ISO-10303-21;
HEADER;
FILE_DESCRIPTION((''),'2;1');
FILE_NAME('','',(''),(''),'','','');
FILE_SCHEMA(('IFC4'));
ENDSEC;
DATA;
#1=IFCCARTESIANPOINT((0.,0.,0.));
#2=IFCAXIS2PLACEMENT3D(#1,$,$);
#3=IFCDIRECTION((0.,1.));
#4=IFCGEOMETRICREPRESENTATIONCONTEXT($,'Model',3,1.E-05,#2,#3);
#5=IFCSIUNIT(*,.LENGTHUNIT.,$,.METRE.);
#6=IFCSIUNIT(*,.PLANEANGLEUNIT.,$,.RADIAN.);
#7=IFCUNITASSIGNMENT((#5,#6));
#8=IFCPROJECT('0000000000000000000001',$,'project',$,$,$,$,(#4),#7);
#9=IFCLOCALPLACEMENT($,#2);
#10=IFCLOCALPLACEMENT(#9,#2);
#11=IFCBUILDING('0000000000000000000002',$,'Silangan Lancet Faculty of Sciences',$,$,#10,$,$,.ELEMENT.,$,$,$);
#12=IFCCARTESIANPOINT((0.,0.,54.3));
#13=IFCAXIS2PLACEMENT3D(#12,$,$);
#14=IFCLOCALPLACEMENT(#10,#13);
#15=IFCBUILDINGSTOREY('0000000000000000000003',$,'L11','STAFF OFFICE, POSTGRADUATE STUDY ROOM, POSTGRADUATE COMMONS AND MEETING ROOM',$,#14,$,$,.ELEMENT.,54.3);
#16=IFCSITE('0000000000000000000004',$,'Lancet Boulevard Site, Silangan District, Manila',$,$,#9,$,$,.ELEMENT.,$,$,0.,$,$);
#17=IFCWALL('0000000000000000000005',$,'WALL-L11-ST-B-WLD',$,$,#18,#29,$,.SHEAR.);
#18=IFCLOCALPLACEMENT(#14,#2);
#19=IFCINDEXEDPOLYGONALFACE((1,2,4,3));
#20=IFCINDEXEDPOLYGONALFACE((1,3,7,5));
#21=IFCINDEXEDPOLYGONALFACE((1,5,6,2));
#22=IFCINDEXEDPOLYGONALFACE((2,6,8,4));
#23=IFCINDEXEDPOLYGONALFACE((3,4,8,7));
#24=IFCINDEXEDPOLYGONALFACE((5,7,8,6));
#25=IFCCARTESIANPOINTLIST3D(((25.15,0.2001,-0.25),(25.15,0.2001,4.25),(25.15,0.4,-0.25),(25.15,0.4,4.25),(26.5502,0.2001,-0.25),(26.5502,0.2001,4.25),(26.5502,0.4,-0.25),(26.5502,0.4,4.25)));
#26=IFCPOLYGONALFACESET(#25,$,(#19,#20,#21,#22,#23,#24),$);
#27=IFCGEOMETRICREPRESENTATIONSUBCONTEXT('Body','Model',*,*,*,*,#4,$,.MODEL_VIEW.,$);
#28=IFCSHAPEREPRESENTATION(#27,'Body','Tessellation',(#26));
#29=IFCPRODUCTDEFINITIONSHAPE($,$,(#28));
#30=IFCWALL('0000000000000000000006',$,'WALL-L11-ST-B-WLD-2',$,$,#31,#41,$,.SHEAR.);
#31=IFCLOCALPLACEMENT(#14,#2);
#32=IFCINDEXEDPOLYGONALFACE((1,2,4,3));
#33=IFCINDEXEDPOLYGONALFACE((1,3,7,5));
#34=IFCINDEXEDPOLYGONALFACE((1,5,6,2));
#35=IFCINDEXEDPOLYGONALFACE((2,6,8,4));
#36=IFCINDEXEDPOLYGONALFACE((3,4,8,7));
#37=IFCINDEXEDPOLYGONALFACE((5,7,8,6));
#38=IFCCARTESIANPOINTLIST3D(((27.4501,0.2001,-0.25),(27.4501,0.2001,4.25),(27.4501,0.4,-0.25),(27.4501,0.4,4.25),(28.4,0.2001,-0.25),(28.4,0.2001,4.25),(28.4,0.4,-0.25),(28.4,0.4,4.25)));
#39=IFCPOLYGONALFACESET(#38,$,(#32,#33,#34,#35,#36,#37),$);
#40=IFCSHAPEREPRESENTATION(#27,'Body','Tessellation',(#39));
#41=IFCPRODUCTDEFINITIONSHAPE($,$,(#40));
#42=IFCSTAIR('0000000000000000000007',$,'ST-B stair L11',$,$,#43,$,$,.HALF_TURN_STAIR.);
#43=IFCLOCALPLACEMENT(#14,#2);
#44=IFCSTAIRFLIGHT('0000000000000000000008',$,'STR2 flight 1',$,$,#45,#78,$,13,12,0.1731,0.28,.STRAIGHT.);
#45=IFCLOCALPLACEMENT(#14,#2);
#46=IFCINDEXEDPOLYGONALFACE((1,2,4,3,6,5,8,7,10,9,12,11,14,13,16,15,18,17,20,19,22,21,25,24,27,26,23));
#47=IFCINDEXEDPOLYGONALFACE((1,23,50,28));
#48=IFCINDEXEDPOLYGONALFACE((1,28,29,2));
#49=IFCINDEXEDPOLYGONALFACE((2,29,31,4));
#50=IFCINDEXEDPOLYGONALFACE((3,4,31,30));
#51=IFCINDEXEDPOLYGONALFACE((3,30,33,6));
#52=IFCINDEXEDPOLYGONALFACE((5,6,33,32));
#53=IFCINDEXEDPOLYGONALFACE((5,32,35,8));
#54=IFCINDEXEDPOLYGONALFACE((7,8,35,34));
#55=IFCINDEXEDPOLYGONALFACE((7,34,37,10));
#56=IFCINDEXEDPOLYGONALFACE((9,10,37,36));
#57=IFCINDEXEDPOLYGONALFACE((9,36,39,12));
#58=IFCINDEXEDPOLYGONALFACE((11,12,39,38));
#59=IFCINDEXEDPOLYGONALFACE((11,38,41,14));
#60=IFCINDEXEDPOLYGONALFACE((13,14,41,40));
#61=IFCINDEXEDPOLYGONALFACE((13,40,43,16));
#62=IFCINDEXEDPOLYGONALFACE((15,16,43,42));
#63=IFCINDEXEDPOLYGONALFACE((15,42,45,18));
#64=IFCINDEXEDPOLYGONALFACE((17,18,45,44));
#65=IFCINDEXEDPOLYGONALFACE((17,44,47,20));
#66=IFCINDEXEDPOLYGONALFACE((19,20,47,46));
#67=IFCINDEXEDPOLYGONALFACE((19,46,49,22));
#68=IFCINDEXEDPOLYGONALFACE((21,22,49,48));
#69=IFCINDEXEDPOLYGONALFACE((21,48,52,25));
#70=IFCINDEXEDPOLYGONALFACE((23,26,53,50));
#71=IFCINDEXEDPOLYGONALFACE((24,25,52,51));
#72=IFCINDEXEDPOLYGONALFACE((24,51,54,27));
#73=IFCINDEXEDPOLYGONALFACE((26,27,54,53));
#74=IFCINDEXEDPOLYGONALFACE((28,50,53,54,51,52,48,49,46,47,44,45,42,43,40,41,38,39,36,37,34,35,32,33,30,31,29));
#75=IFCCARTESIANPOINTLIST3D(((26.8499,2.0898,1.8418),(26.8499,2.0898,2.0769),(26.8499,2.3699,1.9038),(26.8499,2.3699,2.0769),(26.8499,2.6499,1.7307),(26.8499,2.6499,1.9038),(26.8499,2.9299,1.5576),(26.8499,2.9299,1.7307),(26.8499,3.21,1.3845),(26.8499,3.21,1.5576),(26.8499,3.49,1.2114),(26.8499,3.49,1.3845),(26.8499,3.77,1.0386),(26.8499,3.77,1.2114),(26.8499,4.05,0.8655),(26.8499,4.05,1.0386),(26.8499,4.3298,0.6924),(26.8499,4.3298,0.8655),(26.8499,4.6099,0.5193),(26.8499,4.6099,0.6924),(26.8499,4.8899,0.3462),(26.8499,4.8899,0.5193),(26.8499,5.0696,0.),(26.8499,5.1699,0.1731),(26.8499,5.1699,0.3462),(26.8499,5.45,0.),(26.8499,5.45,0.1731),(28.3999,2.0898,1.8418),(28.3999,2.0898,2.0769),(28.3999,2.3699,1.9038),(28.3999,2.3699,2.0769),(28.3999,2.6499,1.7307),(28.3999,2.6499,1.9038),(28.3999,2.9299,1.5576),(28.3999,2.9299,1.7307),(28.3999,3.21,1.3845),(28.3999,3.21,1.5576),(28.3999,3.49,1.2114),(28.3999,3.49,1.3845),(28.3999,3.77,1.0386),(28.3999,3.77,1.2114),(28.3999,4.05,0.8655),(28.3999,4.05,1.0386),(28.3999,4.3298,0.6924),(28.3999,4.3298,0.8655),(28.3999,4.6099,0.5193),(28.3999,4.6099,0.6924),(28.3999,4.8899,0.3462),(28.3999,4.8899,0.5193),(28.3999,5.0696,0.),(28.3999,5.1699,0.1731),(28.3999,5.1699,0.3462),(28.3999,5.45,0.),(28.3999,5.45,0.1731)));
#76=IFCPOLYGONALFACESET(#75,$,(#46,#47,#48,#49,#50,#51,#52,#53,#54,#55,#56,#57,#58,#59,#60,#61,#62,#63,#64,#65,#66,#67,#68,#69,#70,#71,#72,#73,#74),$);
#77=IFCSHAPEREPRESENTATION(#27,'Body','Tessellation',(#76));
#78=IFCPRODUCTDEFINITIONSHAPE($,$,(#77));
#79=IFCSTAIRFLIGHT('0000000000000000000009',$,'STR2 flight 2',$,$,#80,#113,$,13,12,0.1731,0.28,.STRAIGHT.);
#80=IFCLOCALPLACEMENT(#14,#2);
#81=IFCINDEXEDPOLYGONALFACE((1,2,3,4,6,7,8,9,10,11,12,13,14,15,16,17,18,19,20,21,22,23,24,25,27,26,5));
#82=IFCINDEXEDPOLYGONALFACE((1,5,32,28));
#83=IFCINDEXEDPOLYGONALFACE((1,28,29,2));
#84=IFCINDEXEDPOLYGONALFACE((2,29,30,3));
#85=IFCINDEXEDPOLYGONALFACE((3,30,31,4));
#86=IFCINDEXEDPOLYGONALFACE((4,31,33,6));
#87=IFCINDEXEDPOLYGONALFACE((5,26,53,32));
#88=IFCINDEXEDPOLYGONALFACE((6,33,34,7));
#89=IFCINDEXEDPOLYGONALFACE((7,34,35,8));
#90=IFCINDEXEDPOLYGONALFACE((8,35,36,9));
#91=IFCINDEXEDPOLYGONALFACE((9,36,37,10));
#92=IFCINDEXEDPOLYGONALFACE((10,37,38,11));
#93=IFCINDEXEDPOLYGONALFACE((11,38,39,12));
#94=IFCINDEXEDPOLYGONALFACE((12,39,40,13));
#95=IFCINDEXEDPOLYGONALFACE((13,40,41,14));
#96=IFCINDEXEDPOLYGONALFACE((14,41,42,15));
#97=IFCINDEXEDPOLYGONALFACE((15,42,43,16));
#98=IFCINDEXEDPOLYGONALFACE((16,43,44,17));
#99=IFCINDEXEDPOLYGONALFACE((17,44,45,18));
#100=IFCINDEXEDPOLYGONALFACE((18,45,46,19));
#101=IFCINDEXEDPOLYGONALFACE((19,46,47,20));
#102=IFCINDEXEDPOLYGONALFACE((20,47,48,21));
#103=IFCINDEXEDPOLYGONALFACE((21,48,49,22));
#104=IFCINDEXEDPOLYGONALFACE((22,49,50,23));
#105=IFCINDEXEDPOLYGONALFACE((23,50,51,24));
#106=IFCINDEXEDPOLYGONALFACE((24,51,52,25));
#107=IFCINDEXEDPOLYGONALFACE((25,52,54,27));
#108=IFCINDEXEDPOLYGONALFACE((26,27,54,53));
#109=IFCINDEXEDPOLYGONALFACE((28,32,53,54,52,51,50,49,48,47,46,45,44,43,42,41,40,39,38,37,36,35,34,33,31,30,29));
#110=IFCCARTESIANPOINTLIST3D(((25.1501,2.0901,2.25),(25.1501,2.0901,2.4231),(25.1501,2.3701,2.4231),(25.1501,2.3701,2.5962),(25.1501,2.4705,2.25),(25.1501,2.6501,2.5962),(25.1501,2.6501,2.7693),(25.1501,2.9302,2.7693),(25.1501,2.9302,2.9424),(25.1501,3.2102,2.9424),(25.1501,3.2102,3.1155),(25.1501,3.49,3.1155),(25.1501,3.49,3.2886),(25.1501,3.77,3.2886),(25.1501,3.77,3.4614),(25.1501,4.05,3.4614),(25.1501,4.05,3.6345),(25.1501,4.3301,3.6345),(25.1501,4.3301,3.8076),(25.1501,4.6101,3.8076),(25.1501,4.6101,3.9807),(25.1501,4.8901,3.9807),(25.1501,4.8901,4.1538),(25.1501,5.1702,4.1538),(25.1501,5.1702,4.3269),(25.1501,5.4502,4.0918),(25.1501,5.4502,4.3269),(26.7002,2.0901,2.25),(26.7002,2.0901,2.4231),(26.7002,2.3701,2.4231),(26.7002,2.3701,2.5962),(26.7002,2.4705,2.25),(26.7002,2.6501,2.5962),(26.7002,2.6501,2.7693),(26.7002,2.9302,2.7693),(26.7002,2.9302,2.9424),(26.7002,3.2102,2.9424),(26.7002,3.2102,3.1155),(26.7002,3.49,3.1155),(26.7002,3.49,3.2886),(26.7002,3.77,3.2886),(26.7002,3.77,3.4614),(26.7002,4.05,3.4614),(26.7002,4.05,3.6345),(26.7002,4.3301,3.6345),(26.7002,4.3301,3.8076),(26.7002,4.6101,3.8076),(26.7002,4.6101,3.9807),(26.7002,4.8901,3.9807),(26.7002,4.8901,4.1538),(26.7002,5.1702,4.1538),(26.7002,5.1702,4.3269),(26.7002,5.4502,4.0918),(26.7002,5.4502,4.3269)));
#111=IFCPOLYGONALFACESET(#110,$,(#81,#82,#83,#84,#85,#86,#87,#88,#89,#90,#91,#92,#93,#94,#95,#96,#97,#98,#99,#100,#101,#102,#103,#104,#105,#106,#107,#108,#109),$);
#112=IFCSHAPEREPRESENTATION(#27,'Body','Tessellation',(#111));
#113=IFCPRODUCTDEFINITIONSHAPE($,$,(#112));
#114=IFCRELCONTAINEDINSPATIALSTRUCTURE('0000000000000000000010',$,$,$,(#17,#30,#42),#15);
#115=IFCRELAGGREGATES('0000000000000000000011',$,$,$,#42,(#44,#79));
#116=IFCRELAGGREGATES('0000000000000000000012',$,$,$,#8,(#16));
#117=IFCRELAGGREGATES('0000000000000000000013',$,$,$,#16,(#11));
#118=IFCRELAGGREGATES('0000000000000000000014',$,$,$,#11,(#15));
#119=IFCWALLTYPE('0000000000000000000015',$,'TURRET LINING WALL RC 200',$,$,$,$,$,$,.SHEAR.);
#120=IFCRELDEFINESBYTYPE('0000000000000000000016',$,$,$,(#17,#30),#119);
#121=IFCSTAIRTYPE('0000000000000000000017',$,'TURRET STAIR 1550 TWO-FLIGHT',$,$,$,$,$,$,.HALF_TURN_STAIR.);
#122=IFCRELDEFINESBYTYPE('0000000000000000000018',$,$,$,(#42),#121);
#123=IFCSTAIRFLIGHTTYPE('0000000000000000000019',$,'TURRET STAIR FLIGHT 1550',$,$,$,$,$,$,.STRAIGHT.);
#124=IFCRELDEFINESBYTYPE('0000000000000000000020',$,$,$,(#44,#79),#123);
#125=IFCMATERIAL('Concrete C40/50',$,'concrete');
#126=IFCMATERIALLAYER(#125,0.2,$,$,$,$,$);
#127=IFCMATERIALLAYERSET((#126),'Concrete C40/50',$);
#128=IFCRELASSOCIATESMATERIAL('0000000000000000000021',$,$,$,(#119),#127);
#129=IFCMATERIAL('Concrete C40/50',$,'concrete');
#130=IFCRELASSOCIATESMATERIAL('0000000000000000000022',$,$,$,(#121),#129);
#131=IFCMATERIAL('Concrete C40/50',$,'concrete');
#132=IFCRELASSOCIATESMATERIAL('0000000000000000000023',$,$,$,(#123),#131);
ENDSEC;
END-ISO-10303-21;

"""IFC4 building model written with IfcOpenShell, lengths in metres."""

from ifc_helpers import new_model, si_unit, direction, frame, frame_2d, origin, place, context, subcontext, project, spatial, polyline, rectangle, outline, extrude, material, layer, layer_set, type_object, element, aggregate, save


model = new_model("IFC4")

# Units and contexts
model_context = context("Model", 3, precision=1e-05, world=origin(), true_north=direction((0.0, 1.0)))
body_context = subcontext(model_context, "Body", "Model", "MODEL_VIEW")
ifc_project = project(units=[si_unit("LENGTHUNIT", "METRE"), si_unit("PLANEANGLEUNIT", "RADIAN")], contexts=[model_context])

# Site, building, storey
site_placement = place(None, origin())
site = spatial("IfcSite", under=ifc_project, at=site_placement, Name="Lancet Boulevard Site, Silangan District, Manila", CompositionType="ELEMENT", RefElevation=0.0)
building_placement = place(site_placement, origin())
building = spatial("IfcBuilding", under=site, at=building_placement, Name="Silangan Lancet Faculty of Sciences", CompositionType="ELEMENT")
storey_placement = place(building_placement, frame((0.0, 0.0, 54.3)))
storey = spatial("IfcBuildingStorey", under=building, at=storey_placement, Name="L11", Description="STAFF OFFICE, POSTGRADUATE STUDY ROOM, POSTGRADUATE COMMONS AND MEETING ROOM", CompositionType="ELEMENT", Elevation=54.3)

# Walls
ifc_material_1 = material(Name="Concrete C40/50", Category="concrete")
ifc_layer_1 = layer(ifc_material_1, 0.2)
ifc_layer_set_1 = layer_set([ifc_layer_1], Name="Concrete C40/50")
wall_type_1 = type_object("IfcWallType", Name="TURRET LINING WALL RC 200", PredefinedType="SHEAR", material=ifc_layer_set_1)
wall_1_placement = place(storey_placement, frame((25.1499, 0.3, -0.25), z_axis=(0.0, 0.0, 1.0), x_axis=(1.0, 0.0, 0.0)))
element("IfcWall", 1, at=wall_1_placement, inside=storey, type_object=wall_type_1, Name="WALL-L11-ST-B-WLD", PredefinedType="SHEAR", context=body_context, shape_type="SweptSolid", body=[
    extrude(rectangle(XDim=1.4001, YDim=0.2, at=frame_2d((0.7002, 0.0))), origin(), (0.0, 0.0, 1.0), 4.5),
])
wall_2_placement = place(storey_placement, frame((27.45, 0.3, -0.25), z_axis=(0.0, 0.0, 1.0), x_axis=(1.0, 0.0, 0.0)))
element("IfcWall", 2, at=wall_2_placement, inside=storey, type_object=wall_type_1, Name="WALL-L11-ST-B-WLD-2", PredefinedType="SHEAR", context=body_context, shape_type="SweptSolid", body=[
    extrude(rectangle(XDim=0.95, YDim=0.2, at=frame_2d((0.4751, 0.0))), origin(), (0.0, 0.0, 1.0), 4.5),
])

# Stair, stair flights
ifc_material_2 = material(Name="Concrete C40/50", Category="concrete")
stair_type = type_object("IfcStairType", Name="TURRET STAIR 1550 TWO-FLIGHT", PredefinedType="HALF_TURN_STAIR", material=ifc_material_2)
stair_placement = place(storey_placement, origin())
stair = element("IfcStair", 3, at=stair_placement, inside=storey, type_object=stair_type, Name="ST-B stair L11", PredefinedType="HALF_TURN_STAIR")
ifc_material_3 = material(Name="Concrete C40/50", Category="concrete")
stair_flight_type = type_object("IfcStairFlightType", Name="TURRET STAIR FLIGHT 1550", PredefinedType="STRAIGHT", material=ifc_material_3)
stair_flight_1_placement = place(storey_placement, frame((27.625, 5.45, 0.0), z_axis=(0.0, 0.0, 1.0), x_axis=(0.0, -1.0, 0.0)))
stair_flight_1 = element("IfcStairFlight", 4, at=stair_flight_1_placement, type_object=stair_flight_type, Name="STR2 flight 1", NumberOfRisers=13, NumberOfTreads=12, PredefinedType="STRAIGHT", RiserHeight=0.1731, TreadLength=0.28, context=body_context, shape_type="SweptSolid", body=[
    extrude(outline(polyline([(0.0, 0.0), (0.0, 0.1731), (0.28, 0.1731), (0.28, 0.3462), (0.5601, 0.3462), (0.5601, 0.5193), (0.8401, 0.5193), (0.8401, 0.6924), (1.1201, 0.6924), (1.1201, 0.8655), (1.3999, 0.8655), (1.3999, 1.0386), (1.6799, 1.0386), (1.6799, 1.2114), (1.96, 1.2114), (1.96, 1.3845), (2.24, 1.3845), (2.24, 1.5576), (2.52, 1.5576), (2.52, 1.7307), (2.8, 1.7307), (2.8, 1.9038), (3.0801, 1.9038), (3.0801, 2.0769), (3.3601, 2.0769), (3.3601, 2.25), (3.3601, 1.8418), (0.3804, 0.0), (0.0, 0.0)])), frame((0.0, 0.7749, 0.0), z_axis=(0.0, -1.0, 0.0), x_axis=(1.0, 0.0, 0.0)), (0.0, 0.0, 1.0), 1.55),
])
stair_flight_2_placement = place(storey_placement, frame((25.925, 2.0901, 2.25), z_axis=(0.0, 0.0, 1.0), x_axis=(0.0, 1.0, 0.0)))
stair_flight_2 = element("IfcStairFlight", 5, at=stair_flight_2_placement, type_object=stair_flight_type, Name="STR2 flight 2", NumberOfRisers=13, NumberOfTreads=12, PredefinedType="STRAIGHT", RiserHeight=0.1731, TreadLength=0.28, context=body_context, shape_type="SweptSolid", body=[
    extrude(outline(polyline([(0.0, 0.0), (0.0, 0.1731), (0.28, 0.1731), (0.28, 0.3462), (0.5601, 0.3462), (0.5601, 0.5193), (0.8401, 0.5193), (0.8401, 0.6924), (1.1201, 0.6924), (1.1201, 0.8655), (1.3999, 0.8655), (1.3999, 1.0386), (1.6799, 1.0386), (1.6799, 1.2114), (1.96, 1.2114), (1.96, 1.3845), (2.24, 1.3845), (2.24, 1.5576), (2.52, 1.5576), (2.52, 1.7307), (2.8, 1.7307), (2.8, 1.9038), (3.0801, 1.9038), (3.0801, 2.0769), (3.3601, 2.0769), (3.3601, 2.25), (3.3601, 1.8418), (0.3804, 0.0), (0.0, 0.0)])), frame((0.0, 0.7749, 0.0), z_axis=(0.0, -1.0, 0.0), x_axis=(1.0, 0.0, 0.0)), (0.0, 0.0, 1.0), 1.55),
])
aggregate(stair, [stair_flight_1, stair_flight_2])

save(model, "model.ifc")
